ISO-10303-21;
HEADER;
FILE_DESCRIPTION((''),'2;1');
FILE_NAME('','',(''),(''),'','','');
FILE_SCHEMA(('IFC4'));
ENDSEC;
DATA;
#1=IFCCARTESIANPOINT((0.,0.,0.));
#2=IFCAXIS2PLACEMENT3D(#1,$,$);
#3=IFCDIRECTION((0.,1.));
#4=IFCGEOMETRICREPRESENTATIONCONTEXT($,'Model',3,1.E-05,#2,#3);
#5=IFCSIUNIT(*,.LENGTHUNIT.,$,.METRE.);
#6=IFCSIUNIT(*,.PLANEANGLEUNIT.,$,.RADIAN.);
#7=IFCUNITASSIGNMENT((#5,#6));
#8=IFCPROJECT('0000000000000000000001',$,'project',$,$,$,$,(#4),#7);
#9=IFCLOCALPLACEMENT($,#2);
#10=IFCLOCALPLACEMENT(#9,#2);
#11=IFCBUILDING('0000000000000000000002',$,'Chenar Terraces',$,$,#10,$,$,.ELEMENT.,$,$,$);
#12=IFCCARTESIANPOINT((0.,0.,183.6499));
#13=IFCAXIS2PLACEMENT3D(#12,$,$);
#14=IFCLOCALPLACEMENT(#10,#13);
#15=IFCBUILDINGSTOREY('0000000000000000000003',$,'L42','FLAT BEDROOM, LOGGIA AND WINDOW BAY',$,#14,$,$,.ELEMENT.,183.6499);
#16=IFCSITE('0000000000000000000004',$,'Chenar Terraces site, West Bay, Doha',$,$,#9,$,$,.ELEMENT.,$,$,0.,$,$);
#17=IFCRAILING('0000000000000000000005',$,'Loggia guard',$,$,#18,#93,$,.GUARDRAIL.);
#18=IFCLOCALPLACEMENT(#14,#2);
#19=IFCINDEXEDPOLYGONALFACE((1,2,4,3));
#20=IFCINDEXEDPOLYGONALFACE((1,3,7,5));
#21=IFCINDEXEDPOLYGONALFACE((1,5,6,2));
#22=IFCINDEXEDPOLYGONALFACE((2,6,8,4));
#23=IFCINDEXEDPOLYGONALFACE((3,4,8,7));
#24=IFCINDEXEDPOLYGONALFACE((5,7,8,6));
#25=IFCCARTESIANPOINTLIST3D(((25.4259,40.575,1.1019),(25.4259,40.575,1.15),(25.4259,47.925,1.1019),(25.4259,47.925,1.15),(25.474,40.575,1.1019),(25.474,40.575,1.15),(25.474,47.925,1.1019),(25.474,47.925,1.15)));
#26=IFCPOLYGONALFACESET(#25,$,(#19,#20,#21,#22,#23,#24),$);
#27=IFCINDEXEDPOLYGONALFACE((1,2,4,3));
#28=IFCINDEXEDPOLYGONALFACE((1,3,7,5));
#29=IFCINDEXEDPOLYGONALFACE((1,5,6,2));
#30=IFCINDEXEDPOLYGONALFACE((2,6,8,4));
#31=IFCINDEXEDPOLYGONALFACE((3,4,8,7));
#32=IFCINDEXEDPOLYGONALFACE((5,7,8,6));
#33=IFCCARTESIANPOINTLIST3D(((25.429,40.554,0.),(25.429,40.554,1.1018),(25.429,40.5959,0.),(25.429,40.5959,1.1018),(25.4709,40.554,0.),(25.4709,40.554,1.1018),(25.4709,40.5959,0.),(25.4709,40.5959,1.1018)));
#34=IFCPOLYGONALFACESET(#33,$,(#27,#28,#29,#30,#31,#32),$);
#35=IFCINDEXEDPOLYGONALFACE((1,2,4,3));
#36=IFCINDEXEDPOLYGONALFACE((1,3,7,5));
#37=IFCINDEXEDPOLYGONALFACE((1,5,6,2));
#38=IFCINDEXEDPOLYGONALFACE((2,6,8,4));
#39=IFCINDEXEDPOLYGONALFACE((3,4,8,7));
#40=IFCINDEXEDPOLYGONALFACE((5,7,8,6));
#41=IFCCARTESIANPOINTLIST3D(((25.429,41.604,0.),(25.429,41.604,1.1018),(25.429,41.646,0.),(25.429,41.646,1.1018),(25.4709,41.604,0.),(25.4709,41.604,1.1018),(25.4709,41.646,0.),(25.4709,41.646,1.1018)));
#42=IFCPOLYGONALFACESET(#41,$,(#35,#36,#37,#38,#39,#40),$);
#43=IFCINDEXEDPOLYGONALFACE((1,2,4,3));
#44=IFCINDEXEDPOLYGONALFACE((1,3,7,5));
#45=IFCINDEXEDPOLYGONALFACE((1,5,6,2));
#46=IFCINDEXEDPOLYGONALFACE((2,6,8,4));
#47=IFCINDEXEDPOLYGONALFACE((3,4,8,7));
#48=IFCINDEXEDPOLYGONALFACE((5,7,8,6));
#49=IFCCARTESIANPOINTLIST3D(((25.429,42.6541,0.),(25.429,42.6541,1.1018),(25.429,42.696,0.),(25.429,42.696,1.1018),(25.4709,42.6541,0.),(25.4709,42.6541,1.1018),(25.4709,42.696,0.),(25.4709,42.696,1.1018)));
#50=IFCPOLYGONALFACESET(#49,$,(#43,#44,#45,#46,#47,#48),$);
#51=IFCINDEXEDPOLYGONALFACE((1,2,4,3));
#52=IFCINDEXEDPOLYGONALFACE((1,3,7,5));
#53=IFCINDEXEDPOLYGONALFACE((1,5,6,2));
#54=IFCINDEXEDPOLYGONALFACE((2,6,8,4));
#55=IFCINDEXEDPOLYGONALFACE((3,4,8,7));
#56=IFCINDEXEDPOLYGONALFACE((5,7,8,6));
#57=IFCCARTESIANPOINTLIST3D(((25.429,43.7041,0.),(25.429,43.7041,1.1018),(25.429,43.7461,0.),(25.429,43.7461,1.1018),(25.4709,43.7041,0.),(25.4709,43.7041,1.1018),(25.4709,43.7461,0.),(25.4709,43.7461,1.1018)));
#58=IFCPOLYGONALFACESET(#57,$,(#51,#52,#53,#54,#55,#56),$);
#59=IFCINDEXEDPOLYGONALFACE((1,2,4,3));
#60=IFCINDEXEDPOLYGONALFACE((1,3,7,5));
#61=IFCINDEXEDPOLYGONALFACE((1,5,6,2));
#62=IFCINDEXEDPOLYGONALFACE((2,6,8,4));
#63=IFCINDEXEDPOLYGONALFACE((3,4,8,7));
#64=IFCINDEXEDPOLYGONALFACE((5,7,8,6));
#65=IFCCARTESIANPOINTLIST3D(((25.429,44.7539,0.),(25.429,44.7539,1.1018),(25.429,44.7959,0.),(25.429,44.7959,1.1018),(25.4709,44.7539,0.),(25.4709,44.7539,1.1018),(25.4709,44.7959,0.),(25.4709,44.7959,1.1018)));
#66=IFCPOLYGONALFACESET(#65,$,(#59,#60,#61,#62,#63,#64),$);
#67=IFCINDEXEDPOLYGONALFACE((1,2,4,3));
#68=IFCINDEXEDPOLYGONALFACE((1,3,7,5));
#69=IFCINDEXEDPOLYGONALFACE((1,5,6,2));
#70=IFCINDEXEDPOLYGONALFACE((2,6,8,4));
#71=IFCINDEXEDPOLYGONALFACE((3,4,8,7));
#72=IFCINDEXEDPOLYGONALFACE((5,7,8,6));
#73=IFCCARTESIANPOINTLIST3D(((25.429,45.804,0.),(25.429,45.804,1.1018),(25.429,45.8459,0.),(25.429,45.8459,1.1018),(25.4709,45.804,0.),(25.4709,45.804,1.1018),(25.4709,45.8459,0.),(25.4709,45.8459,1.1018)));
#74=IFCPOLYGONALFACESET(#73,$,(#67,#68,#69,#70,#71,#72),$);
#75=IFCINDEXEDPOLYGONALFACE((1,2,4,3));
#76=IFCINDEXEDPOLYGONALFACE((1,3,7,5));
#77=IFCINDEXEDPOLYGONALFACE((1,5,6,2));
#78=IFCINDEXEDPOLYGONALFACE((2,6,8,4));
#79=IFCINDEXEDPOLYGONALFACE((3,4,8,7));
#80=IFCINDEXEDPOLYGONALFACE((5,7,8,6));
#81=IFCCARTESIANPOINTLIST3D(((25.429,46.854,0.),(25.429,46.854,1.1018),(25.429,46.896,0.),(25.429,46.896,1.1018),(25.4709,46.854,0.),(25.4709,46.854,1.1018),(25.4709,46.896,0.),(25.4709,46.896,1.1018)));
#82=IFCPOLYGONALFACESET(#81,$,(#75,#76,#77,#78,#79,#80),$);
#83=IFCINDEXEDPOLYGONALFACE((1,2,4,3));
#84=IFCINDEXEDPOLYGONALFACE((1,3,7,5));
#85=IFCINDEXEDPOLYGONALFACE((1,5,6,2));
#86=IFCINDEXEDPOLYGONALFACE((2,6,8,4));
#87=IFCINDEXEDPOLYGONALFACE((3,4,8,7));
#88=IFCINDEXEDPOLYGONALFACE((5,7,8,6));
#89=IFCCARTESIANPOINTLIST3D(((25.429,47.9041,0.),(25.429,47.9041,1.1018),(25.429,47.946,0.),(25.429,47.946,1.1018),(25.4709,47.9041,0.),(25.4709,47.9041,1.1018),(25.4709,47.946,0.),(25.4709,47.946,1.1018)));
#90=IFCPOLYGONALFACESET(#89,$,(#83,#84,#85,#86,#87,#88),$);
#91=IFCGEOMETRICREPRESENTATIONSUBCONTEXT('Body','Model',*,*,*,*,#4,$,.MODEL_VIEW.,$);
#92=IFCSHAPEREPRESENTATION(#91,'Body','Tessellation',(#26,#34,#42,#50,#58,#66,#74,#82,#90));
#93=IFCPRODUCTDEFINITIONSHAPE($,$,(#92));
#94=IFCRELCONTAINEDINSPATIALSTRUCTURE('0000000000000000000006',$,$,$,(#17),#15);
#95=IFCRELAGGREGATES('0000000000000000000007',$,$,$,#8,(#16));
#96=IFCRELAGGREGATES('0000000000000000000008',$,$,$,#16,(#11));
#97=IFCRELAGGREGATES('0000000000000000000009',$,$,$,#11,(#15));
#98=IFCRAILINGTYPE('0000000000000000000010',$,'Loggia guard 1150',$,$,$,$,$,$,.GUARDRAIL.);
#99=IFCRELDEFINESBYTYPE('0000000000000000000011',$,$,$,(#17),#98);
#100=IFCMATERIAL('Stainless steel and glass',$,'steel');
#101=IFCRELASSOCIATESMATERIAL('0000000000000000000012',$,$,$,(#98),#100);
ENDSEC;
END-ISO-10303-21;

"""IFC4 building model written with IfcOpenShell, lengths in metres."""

from ifc_helpers import new_model, si_unit, direction, frame, origin, origin_2d, place, context, subcontext, project, spatial, rectangle, extrude, material, type_object, element, save


model = new_model("IFC4")

# Units and contexts
model_context = context("Model", 3, precision=1e-05, world=origin(), true_north=direction((0.0, 1.0)))
body_context = subcontext(model_context, "Body", "Model", "MODEL_VIEW")
ifc_project = project(units=[si_unit("LENGTHUNIT", "METRE"), si_unit("PLANEANGLEUNIT", "RADIAN")], contexts=[model_context])

# Site, building, storey
site_placement = place(None, origin())
site = spatial("IfcSite", under=ifc_project, at=site_placement, Name="Chenar Terraces site, West Bay, Doha", CompositionType="ELEMENT", RefElevation=0.0)
building_placement = place(site_placement, origin())
building = spatial("IfcBuilding", under=site, at=building_placement, Name="Chenar Terraces", CompositionType="ELEMENT")
storey_placement = place(building_placement, frame((0.0, 0.0, 183.6499)))
storey = spatial("IfcBuildingStorey", under=building, at=storey_placement, Name="L42", Description="FLAT BEDROOM, LOGGIA AND WINDOW BAY", CompositionType="ELEMENT", Elevation=183.6499)

# Railing
ifc_material_1 = material(Name="Stainless steel and glass", Category="steel")
railing_type_1 = type_object("IfcRailingType", Name="Loggia guard 1150", PredefinedType="GUARDRAIL", material=ifc_material_1)
railing_1_placement = place(storey_placement, frame((25.45, 40.575, 0.0)))
element("IfcRailing", 1, at=railing_1_placement, inside=storey, type_object=railing_type_1, Name="Loggia guard", PredefinedType="GUARDRAIL", context=body_context, shape_type="SweptSolid", body=[
    extrude(rectangle(XDim=0.0481, YDim=0.0481, at=origin_2d()), frame((0.0, 0.0, 1.126), z_axis=(0.0, 1.0, 0.0), x_axis=(-1.0, 0.0, 0.0)), (0.0, 0.0, 1.0), 7.3501),
    extrude(rectangle(XDim=0.042, YDim=0.042, at=origin_2d()), origin(), (0.0, 0.0, 1.0), 1.1018),
    extrude(rectangle(XDim=0.042, YDim=0.042, at=origin_2d()), frame((0.0, 1.05, 0.0)), (0.0, 0.0, 1.0), 1.1018),
    extrude(rectangle(XDim=0.042, YDim=0.042, at=origin_2d()), frame((0.0, 2.1001, 0.0)), (0.0, 0.0, 1.0), 1.1018),
    extrude(rectangle(XDim=0.042, YDim=0.042, at=origin_2d()), frame((0.0, 3.1501, 0.0)), (0.0, 0.0, 1.0), 1.1018),
    extrude(rectangle(XDim=0.042, YDim=0.042, at=origin_2d()), frame((0.0, 4.2, 0.0)), (0.0, 0.0, 1.0), 1.1018),
    extrude(rectangle(XDim=0.042, YDim=0.042, at=origin_2d()), frame((0.0, 5.25, 0.0)), (0.0, 0.0, 1.0), 1.1018),
    extrude(rectangle(XDim=0.042, YDim=0.042, at=origin_2d()), frame((0.0, 6.3, 0.0)), (0.0, 0.0, 1.0), 1.1018),
    extrude(rectangle(XDim=0.042, YDim=0.042, at=origin_2d()), frame((0.0, 7.3501, 0.0)), (0.0, 0.0, 1.0), 1.1018),
])

save(model, "model.ifc")
